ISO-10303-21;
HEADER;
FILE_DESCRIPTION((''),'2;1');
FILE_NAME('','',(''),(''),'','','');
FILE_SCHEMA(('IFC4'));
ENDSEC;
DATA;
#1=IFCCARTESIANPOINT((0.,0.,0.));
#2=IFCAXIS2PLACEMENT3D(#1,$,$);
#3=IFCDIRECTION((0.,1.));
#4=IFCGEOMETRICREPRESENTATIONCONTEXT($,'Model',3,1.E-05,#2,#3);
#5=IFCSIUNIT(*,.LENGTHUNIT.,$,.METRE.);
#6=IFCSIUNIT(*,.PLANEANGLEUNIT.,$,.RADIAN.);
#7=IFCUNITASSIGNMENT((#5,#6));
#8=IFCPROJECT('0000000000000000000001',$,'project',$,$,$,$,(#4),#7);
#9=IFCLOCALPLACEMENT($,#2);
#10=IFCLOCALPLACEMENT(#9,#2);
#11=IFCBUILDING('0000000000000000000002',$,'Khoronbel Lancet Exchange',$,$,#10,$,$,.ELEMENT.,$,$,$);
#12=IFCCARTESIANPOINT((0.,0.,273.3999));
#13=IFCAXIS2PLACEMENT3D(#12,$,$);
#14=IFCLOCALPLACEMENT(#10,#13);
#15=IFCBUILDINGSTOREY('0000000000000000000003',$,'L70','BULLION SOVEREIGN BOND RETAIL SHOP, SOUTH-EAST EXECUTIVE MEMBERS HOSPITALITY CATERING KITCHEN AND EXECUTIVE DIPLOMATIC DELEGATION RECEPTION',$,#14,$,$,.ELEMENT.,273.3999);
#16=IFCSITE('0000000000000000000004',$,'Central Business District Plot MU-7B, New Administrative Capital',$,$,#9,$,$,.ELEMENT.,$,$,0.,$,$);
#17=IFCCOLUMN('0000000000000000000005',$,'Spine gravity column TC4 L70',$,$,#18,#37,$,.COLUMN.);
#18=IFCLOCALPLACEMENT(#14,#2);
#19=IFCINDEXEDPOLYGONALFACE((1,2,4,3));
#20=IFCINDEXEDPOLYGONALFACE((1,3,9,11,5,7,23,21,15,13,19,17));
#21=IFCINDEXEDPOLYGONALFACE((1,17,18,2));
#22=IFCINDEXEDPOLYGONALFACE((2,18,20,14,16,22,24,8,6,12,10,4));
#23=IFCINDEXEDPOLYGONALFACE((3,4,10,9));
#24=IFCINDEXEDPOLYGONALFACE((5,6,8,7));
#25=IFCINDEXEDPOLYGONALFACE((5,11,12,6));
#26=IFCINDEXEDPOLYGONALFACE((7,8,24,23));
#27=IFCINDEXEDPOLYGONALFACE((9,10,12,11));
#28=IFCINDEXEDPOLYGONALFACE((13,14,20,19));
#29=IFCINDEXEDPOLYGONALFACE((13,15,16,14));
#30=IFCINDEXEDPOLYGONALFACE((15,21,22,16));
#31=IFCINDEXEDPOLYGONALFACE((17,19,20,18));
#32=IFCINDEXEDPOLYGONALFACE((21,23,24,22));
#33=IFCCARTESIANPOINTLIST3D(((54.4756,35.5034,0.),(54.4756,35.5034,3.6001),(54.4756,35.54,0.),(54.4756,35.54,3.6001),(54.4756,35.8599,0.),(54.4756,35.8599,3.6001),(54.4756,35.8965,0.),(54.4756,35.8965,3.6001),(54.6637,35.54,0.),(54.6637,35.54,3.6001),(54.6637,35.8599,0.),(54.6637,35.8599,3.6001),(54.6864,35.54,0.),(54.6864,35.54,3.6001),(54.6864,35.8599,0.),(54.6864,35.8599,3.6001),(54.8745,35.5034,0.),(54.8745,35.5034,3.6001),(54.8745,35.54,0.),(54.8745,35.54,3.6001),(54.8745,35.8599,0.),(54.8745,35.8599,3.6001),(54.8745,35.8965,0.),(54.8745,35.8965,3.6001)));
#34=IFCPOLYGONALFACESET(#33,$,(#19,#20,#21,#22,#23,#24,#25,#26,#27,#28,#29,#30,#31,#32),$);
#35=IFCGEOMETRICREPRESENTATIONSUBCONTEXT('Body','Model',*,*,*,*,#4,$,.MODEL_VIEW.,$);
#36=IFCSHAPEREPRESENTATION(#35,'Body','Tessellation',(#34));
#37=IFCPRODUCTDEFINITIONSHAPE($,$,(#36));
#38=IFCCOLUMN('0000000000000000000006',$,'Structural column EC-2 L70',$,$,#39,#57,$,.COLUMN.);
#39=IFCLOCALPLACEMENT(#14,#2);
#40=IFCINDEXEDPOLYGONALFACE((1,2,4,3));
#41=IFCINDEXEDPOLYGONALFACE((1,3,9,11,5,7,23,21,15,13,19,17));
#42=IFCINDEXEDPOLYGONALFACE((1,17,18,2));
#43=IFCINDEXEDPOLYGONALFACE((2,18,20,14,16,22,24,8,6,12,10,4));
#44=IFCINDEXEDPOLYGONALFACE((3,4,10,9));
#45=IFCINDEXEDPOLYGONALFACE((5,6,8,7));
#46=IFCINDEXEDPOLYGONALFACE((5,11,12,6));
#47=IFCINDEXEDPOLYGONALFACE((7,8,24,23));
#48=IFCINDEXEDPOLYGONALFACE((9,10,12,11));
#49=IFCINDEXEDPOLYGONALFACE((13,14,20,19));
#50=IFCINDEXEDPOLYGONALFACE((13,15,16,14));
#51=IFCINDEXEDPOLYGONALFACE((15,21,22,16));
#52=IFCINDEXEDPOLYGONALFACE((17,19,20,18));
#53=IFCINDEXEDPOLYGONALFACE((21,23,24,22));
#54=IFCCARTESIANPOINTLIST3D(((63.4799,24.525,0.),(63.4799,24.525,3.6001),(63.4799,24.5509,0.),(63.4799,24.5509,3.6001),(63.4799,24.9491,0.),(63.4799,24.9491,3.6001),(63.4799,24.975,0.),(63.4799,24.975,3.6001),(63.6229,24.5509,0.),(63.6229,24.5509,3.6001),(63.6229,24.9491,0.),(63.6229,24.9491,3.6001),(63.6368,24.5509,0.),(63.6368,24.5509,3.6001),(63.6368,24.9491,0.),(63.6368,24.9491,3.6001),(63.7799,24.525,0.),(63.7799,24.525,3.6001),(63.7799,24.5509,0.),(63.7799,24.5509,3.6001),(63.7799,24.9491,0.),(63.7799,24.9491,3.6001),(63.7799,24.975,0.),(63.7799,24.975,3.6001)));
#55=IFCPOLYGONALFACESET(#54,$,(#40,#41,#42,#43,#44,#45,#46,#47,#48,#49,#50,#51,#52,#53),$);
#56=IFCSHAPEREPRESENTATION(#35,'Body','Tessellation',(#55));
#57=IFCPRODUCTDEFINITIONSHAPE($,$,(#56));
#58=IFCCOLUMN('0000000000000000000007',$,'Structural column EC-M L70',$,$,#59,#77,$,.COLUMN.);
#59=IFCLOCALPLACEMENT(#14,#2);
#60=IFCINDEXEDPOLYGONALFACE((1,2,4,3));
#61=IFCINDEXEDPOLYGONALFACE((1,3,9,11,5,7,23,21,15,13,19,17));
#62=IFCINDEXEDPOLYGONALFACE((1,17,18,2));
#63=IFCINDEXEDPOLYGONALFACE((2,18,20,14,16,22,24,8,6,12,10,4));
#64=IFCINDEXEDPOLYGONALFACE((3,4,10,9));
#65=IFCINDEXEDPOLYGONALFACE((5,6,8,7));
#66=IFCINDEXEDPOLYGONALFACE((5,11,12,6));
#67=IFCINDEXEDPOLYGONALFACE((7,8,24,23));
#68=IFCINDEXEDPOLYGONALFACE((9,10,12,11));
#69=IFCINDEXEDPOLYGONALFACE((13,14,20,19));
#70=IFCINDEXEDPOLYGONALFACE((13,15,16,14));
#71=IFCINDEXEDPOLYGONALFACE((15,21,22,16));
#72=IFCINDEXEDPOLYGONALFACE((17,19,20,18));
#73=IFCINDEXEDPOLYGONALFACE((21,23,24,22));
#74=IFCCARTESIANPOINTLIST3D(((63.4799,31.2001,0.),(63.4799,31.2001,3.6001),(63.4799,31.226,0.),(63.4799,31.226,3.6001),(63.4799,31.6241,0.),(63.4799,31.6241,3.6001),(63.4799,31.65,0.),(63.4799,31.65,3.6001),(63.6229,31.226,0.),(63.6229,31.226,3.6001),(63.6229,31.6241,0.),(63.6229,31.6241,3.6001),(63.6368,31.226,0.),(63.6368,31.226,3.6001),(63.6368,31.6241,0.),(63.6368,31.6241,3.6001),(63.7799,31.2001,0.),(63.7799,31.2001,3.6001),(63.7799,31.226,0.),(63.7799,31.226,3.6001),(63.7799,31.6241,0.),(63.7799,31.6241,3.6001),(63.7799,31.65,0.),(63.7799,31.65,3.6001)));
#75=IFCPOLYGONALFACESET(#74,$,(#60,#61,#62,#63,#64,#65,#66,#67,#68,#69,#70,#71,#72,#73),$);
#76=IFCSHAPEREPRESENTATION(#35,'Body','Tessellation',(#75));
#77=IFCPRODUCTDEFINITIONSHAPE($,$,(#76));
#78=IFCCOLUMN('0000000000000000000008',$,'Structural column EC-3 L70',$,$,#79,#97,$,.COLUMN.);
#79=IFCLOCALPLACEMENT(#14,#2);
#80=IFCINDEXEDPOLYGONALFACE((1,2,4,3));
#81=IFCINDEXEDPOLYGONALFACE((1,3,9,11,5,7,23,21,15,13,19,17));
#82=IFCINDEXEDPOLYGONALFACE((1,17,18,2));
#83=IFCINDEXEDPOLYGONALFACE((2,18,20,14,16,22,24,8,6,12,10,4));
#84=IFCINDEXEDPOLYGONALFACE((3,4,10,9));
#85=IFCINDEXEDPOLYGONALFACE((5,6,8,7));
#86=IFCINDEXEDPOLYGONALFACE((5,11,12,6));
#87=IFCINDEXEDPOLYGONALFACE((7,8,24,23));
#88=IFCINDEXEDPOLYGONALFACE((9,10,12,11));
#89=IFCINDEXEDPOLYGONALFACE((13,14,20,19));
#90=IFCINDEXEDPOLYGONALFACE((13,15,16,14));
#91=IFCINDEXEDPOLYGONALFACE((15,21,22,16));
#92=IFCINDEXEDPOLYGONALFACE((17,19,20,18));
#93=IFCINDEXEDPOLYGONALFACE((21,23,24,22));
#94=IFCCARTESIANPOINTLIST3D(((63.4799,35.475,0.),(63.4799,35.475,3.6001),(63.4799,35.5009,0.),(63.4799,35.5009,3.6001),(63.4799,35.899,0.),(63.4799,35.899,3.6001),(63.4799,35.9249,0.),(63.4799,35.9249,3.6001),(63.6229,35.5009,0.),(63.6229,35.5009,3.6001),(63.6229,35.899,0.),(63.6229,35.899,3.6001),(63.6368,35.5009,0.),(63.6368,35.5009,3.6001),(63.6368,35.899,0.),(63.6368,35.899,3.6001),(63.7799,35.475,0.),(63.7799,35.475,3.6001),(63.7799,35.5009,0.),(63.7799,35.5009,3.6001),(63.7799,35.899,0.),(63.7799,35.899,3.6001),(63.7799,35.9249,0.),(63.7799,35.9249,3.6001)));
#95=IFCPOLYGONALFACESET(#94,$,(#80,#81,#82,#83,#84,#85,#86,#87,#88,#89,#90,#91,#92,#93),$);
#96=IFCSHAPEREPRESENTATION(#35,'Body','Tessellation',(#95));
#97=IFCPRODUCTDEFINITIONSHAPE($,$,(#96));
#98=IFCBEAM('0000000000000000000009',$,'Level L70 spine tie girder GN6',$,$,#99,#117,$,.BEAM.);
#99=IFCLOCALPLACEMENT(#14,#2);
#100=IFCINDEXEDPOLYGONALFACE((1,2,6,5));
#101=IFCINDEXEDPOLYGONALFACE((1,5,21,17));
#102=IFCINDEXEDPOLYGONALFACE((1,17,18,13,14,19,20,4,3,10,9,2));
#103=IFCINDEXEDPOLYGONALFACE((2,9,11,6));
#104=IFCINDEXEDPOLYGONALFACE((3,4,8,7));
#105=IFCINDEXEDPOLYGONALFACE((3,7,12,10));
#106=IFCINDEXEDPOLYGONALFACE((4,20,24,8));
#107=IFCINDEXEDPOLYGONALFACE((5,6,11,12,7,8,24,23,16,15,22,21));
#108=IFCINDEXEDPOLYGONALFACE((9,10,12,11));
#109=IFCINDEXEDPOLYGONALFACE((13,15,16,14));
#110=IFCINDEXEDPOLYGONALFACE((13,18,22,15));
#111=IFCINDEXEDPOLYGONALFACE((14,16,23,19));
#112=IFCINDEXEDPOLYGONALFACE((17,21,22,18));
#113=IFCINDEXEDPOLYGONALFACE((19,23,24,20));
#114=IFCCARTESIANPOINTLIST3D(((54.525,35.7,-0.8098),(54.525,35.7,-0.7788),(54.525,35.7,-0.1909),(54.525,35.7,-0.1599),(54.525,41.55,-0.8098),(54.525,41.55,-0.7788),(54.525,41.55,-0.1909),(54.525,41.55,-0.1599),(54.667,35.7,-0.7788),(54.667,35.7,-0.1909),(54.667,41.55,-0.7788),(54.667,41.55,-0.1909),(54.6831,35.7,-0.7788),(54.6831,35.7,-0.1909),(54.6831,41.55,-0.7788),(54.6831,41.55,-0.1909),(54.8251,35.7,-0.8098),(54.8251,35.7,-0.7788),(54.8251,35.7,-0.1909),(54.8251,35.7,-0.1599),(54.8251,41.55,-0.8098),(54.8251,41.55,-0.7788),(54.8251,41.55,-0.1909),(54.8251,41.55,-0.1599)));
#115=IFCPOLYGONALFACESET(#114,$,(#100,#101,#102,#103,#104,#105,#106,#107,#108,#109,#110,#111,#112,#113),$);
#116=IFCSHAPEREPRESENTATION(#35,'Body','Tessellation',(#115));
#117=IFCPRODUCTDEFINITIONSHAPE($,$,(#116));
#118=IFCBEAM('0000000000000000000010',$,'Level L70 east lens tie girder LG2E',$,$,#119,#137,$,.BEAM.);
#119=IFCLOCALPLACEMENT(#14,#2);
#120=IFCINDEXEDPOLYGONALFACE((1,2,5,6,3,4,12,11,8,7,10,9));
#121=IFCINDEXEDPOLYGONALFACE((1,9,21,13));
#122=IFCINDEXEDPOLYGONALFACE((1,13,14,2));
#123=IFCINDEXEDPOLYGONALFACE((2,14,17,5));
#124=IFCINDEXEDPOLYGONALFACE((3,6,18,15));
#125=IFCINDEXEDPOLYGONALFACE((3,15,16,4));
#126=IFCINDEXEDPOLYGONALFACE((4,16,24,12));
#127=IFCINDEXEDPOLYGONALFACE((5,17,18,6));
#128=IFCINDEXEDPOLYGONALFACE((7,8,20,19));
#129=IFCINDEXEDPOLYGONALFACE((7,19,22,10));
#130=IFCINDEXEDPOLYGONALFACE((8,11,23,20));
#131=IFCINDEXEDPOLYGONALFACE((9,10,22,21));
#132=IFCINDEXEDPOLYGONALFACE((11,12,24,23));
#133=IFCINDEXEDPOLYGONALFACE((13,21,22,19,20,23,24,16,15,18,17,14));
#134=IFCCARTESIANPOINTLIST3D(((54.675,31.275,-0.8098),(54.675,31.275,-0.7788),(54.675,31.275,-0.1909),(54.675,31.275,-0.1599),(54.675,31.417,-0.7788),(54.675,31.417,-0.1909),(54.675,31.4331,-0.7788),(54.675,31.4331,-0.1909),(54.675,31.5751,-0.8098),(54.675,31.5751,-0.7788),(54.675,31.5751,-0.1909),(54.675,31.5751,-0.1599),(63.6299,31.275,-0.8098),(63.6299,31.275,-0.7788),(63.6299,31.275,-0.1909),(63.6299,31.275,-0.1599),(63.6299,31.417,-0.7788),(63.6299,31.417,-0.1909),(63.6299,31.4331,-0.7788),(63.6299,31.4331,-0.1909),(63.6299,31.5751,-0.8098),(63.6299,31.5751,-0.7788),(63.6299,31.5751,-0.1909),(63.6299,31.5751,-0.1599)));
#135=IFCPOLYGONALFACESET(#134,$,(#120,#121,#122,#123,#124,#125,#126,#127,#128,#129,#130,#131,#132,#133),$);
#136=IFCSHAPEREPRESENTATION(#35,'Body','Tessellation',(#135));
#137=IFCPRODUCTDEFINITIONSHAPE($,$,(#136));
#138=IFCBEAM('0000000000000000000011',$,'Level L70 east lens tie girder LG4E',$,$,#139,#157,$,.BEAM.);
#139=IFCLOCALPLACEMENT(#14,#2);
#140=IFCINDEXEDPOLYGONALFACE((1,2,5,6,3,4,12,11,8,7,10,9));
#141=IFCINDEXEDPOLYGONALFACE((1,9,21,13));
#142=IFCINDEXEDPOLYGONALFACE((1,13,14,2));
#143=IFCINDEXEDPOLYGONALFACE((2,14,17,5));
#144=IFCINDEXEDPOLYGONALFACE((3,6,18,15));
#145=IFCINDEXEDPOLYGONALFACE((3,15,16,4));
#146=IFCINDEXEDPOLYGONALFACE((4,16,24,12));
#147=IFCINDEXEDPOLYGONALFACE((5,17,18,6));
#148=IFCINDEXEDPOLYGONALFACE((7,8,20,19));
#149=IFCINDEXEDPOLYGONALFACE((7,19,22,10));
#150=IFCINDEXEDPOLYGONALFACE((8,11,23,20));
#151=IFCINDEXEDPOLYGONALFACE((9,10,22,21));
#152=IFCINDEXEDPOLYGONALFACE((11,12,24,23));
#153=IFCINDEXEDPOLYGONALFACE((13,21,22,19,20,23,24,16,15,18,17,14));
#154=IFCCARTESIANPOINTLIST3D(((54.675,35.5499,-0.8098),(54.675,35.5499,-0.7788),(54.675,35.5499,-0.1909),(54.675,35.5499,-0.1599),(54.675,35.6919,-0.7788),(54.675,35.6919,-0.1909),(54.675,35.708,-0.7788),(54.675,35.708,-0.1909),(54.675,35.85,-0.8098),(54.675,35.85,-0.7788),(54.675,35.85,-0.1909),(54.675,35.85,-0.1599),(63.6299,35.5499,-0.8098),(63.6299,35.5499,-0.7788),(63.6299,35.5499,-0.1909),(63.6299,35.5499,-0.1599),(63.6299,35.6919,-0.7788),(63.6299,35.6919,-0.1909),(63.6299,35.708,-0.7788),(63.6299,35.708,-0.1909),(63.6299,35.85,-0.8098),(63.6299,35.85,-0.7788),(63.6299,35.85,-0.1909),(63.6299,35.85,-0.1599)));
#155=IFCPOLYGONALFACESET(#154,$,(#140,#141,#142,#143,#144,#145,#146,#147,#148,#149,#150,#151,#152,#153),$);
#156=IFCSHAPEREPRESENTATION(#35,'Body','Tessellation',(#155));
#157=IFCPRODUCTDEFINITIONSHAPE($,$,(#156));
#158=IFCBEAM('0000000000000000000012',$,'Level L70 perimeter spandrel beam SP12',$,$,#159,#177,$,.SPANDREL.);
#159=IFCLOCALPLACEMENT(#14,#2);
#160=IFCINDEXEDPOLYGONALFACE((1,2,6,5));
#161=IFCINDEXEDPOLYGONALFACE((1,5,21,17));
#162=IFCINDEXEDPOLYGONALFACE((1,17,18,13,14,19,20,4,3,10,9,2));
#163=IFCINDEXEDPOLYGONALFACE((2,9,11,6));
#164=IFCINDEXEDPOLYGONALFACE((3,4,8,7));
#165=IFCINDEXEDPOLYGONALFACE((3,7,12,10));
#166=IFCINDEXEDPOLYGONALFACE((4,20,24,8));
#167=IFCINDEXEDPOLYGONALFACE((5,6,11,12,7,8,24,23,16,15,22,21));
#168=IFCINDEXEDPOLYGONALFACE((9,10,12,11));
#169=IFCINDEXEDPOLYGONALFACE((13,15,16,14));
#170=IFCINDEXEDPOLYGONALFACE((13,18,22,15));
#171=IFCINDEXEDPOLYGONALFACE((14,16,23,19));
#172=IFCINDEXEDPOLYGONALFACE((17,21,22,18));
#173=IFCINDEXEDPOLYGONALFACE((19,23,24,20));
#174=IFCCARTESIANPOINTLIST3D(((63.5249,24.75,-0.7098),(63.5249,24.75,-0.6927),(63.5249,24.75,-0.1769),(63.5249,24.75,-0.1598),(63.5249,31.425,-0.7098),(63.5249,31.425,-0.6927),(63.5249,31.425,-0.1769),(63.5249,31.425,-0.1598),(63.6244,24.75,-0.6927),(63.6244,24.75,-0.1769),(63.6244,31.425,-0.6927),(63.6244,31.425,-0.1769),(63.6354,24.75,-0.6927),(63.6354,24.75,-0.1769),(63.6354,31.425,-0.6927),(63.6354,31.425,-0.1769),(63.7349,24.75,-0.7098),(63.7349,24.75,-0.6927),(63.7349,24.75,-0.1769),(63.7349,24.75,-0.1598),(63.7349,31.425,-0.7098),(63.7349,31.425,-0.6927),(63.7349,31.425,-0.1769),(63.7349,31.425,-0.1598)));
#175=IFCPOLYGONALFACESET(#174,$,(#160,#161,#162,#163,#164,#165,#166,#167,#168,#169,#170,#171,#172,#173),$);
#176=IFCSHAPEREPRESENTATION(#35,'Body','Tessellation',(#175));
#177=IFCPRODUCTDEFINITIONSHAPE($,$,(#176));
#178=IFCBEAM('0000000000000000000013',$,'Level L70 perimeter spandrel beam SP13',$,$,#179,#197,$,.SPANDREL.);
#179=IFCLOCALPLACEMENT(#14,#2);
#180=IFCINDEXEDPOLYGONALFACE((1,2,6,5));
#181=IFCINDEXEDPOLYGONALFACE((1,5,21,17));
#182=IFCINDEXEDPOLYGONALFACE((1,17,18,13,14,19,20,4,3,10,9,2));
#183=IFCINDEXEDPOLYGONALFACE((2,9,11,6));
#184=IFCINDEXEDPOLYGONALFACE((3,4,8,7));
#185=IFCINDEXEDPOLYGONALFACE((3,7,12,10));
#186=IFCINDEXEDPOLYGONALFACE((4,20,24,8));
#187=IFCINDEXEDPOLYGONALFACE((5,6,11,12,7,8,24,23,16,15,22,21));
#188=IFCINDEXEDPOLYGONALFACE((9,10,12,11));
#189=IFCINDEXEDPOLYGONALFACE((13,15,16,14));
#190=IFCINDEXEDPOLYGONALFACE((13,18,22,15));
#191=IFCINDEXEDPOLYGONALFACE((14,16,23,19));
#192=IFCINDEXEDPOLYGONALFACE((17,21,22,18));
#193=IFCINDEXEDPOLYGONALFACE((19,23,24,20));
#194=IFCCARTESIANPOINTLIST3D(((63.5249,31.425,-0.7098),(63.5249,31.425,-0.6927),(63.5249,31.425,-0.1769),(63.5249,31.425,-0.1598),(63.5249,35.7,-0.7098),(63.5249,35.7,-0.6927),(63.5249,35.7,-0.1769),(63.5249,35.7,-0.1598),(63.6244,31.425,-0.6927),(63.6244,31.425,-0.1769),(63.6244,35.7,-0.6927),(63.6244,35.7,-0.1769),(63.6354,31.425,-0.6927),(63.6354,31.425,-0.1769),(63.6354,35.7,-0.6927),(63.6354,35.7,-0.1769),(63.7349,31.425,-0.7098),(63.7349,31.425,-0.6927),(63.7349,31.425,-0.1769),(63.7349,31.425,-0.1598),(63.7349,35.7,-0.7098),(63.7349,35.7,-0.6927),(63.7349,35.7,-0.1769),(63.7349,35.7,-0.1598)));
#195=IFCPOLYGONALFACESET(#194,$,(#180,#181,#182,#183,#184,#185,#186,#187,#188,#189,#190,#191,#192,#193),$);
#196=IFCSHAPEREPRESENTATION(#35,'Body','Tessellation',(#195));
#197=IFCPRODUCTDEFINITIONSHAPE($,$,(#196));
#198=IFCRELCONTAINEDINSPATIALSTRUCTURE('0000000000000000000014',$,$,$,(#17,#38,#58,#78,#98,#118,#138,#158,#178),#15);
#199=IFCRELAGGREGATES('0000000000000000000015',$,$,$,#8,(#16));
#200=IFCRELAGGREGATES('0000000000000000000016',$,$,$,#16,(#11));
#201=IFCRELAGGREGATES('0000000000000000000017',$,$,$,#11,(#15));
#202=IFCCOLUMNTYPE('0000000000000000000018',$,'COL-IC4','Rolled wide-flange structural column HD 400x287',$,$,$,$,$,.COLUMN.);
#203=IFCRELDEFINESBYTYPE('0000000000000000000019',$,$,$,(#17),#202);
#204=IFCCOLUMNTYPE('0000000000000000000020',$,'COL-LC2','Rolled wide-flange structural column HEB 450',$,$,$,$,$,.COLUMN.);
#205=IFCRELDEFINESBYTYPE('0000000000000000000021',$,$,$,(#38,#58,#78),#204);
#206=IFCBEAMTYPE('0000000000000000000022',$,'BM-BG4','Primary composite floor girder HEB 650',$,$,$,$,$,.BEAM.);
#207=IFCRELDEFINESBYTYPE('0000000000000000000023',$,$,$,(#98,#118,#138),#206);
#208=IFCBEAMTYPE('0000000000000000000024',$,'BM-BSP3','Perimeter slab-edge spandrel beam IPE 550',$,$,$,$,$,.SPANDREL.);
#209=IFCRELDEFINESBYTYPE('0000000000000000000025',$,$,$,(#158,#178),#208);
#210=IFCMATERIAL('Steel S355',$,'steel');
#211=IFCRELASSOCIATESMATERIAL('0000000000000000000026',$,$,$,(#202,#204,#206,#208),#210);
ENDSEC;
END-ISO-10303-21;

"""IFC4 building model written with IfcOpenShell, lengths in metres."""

from ifc_helpers import new_model, si_unit, direction, frame, origin, origin_2d, place, context, subcontext, project, spatial, i_section, extrude, material, material_profile, profile_set, type_object, element, save


model = new_model("IFC4")

# Units and contexts
model_context = context("Model", 3, precision=1e-05, world=origin(), true_north=direction((0.0, 1.0)))
body_context = subcontext(model_context, "Body", "Model", "MODEL_VIEW")
ifc_project = project(units=[si_unit("LENGTHUNIT", "METRE"), si_unit("PLANEANGLEUNIT", "RADIAN")], contexts=[model_context])

# Site, building, storey
site_placement = place(None, origin())
site = spatial("IfcSite", under=ifc_project, at=site_placement, Name="Central Business District Plot MU-7B, New Administrative Capital", CompositionType="ELEMENT", RefElevation=0.0)
building_placement = place(site_placement, origin())
building = spatial("IfcBuilding", under=site, at=building_placement, Name="Khoronbel Lancet Exchange", CompositionType="ELEMENT")
storey_placement = place(building_placement, frame((0.0, 0.0, 273.3999)))
storey = spatial("IfcBuildingStorey", under=building, at=storey_placement, Name="L70", Description="BULLION SOVEREIGN BOND RETAIL SHOP, SOUTH-EAST EXECUTIVE MEMBERS HOSPITALITY CATERING KITCHEN AND EXECUTIVE DIPLOMATIC DELEGATION RECEPTION", CompositionType="ELEMENT", Elevation=273.3999)

# Columns
ifc_material_1 = material(Name="Steel S355", Category="steel")
ifc_material_profile_1 = material_profile(ifc_material_1, i_section(OverallWidth=0.3989, OverallDepth=0.3931, WebThickness=0.0227, FlangeThickness=0.0366, at=origin_2d()), Name="HD 400x287")
ifc_profile_set_1 = profile_set([ifc_material_profile_1], Name="Steel S355")
column_type_1 = type_object("IfcColumnType", Name="COL-IC4", Description="Rolled wide-flange structural column HD 400x287", PredefinedType="COLUMN", material=ifc_profile_set_1)
column_placement = place(storey_placement, frame((54.675, 35.7, 0.0), z_axis=(0.0, 0.0, 1.0), x_axis=(1.0, 0.0, 0.0)))
element("IfcColumn", 1, at=column_placement, inside=storey, type_object=column_type_1, Name="Spine gravity column TC4 L70", PredefinedType="COLUMN", context=body_context, shape_type="SweptSolid", body=[
    extrude(i_section(OverallWidth=0.3989, OverallDepth=0.3931, WebThickness=0.0227, FlangeThickness=0.0366, at=origin_2d()), origin(), (0.0, 0.0, 1.0), 3.6001),
])
ifc_material_profile_2 = material_profile(ifc_material_1, i_section(OverallWidth=0.3, OverallDepth=0.45, WebThickness=0.0139, FlangeThickness=0.0259, at=origin_2d()), Name="HEB 450")
ifc_profile_set_2 = profile_set([ifc_material_profile_2], Name="Steel S355")
column_type_2 = type_object("IfcColumnType", Name="COL-LC2", Description="Rolled wide-flange structural column HEB 450", PredefinedType="COLUMN", material=ifc_profile_set_2)
for number, where, z_axis, x_axis, name in (
    (2, (63.6299, 24.75, 0.0), (0.0, 0.0, 1.0), (1.0, 0.0, 0.0), "Structural column EC-2 L70"),
    (3, (63.6299, 31.425, 0.0), (0.0, 0.0, 1.0), (1.0, 0.0, 0.0), "Structural column EC-M L70"),
    (4, (63.6299, 35.7, 0.0), (0.0, 0.0, 1.0), (1.0, 0.0, 0.0), "Structural column EC-3 L70"),
):
    element("IfcColumn", number, at=place(storey_placement, frame(where, z_axis=z_axis, x_axis=x_axis)), inside=storey, type_object=column_type_2, Name=name, PredefinedType="COLUMN", context=body_context, shape_type="SweptSolid", body=[
        extrude(i_section(OverallWidth=0.3, OverallDepth=0.45, WebThickness=0.0139, FlangeThickness=0.0259, at=origin_2d()), origin(), (0.0, 0.0, 1.0), 3.6001),
    ])

# Beams
ifc_material_profile_3 = material_profile(ifc_material_1, i_section(OverallWidth=0.3, OverallDepth=0.6499, WebThickness=0.0161, FlangeThickness=0.031, at=origin_2d()), Name="HEB 650")
ifc_profile_set_3 = profile_set([ifc_material_profile_3], Name="Steel S355")
beam_type_1 = type_object("IfcBeamType", Name="BM-BG4", Description="Primary composite floor girder HEB 650", PredefinedType="BEAM", material=ifc_profile_set_3)
beam_1_placement = place(storey_placement, frame((54.675, 35.7, -0.4849), z_axis=(0.0, 1.0, 0.0), x_axis=(-1.0, 0.0, 0.0)))
element("IfcBeam", 5, at=beam_1_placement, inside=storey, type_object=beam_type_1, Name="Level L70 spine tie girder GN6", PredefinedType="BEAM", context=body_context, shape_type="SweptSolid", body=[
    extrude(i_section(OverallWidth=0.3, OverallDepth=0.6499, WebThickness=0.0161, FlangeThickness=0.031, at=origin_2d()), origin(), (0.0, 0.0, 1.0), 5.8501),
])
for number, where, z_axis, x_axis, name in (
    (6, (54.675, 31.425, -0.4849), (1.0, 0.0, 0.0), (0.0, 1.0, 0.0), "Level L70 east lens tie girder LG2E"),
    (7, (54.675, 35.7, -0.4849), (1.0, 0.0, 0.0), (0.0, 1.0, 0.0), "Level L70 east lens tie girder LG4E"),
):
    element("IfcBeam", number, at=place(storey_placement, frame(where, z_axis=z_axis, x_axis=x_axis)), inside=storey, type_object=beam_type_1, Name=name, PredefinedType="BEAM", context=body_context, shape_type="SweptSolid", body=[
        extrude(i_section(OverallWidth=0.3, OverallDepth=0.6499, WebThickness=0.0161, FlangeThickness=0.031, at=origin_2d()), origin(), (0.0, 0.0, 1.0), 8.9548),
    ])
ifc_material_profile_4 = material_profile(ifc_material_1, i_section(OverallWidth=0.21, OverallDepth=0.55, WebThickness=0.011, FlangeThickness=0.0171, at=origin_2d()), Name="IPE 550")
ifc_profile_set_4 = profile_set([ifc_material_profile_4], Name="Steel S355")
beam_type_2 = type_object("IfcBeamType", Name="BM-BSP3", Description="Perimeter slab-edge spandrel beam IPE 550", PredefinedType="SPANDREL", material=ifc_profile_set_4)
beam_2_placement = place(storey_placement, frame((63.6299, 24.75, -0.4348), z_axis=(0.0, 1.0, 0.0), x_axis=(-1.0, 0.0, 0.0)))
element("IfcBeam", 8, at=beam_2_placement, inside=storey, type_object=beam_type_2, Name="Level L70 perimeter spandrel beam SP12", PredefinedType="SPANDREL", context=body_context, shape_type="SweptSolid", body=[
    extrude(i_section(OverallWidth=0.21, OverallDepth=0.55, WebThickness=0.011, FlangeThickness=0.0171, at=origin_2d()), origin(), (0.0, 0.0, 1.0), 6.675),
])
beam_3_placement = place(storey_placement, frame((63.6299, 31.425, -0.4348), z_axis=(0.0, 1.0, 0.0), x_axis=(-1.0, 0.0, 0.0)))
element("IfcBeam", 9, at=beam_3_placement, inside=storey, type_object=beam_type_2, Name="Level L70 perimeter spandrel beam SP13", PredefinedType="SPANDREL", context=body_context, shape_type="SweptSolid", body=[
    extrude(i_section(OverallWidth=0.21, OverallDepth=0.55, WebThickness=0.011, FlangeThickness=0.0171, at=origin_2d()), origin(), (0.0, 0.0, 1.0), 4.2749),
])

save(model, "model.ifc")
